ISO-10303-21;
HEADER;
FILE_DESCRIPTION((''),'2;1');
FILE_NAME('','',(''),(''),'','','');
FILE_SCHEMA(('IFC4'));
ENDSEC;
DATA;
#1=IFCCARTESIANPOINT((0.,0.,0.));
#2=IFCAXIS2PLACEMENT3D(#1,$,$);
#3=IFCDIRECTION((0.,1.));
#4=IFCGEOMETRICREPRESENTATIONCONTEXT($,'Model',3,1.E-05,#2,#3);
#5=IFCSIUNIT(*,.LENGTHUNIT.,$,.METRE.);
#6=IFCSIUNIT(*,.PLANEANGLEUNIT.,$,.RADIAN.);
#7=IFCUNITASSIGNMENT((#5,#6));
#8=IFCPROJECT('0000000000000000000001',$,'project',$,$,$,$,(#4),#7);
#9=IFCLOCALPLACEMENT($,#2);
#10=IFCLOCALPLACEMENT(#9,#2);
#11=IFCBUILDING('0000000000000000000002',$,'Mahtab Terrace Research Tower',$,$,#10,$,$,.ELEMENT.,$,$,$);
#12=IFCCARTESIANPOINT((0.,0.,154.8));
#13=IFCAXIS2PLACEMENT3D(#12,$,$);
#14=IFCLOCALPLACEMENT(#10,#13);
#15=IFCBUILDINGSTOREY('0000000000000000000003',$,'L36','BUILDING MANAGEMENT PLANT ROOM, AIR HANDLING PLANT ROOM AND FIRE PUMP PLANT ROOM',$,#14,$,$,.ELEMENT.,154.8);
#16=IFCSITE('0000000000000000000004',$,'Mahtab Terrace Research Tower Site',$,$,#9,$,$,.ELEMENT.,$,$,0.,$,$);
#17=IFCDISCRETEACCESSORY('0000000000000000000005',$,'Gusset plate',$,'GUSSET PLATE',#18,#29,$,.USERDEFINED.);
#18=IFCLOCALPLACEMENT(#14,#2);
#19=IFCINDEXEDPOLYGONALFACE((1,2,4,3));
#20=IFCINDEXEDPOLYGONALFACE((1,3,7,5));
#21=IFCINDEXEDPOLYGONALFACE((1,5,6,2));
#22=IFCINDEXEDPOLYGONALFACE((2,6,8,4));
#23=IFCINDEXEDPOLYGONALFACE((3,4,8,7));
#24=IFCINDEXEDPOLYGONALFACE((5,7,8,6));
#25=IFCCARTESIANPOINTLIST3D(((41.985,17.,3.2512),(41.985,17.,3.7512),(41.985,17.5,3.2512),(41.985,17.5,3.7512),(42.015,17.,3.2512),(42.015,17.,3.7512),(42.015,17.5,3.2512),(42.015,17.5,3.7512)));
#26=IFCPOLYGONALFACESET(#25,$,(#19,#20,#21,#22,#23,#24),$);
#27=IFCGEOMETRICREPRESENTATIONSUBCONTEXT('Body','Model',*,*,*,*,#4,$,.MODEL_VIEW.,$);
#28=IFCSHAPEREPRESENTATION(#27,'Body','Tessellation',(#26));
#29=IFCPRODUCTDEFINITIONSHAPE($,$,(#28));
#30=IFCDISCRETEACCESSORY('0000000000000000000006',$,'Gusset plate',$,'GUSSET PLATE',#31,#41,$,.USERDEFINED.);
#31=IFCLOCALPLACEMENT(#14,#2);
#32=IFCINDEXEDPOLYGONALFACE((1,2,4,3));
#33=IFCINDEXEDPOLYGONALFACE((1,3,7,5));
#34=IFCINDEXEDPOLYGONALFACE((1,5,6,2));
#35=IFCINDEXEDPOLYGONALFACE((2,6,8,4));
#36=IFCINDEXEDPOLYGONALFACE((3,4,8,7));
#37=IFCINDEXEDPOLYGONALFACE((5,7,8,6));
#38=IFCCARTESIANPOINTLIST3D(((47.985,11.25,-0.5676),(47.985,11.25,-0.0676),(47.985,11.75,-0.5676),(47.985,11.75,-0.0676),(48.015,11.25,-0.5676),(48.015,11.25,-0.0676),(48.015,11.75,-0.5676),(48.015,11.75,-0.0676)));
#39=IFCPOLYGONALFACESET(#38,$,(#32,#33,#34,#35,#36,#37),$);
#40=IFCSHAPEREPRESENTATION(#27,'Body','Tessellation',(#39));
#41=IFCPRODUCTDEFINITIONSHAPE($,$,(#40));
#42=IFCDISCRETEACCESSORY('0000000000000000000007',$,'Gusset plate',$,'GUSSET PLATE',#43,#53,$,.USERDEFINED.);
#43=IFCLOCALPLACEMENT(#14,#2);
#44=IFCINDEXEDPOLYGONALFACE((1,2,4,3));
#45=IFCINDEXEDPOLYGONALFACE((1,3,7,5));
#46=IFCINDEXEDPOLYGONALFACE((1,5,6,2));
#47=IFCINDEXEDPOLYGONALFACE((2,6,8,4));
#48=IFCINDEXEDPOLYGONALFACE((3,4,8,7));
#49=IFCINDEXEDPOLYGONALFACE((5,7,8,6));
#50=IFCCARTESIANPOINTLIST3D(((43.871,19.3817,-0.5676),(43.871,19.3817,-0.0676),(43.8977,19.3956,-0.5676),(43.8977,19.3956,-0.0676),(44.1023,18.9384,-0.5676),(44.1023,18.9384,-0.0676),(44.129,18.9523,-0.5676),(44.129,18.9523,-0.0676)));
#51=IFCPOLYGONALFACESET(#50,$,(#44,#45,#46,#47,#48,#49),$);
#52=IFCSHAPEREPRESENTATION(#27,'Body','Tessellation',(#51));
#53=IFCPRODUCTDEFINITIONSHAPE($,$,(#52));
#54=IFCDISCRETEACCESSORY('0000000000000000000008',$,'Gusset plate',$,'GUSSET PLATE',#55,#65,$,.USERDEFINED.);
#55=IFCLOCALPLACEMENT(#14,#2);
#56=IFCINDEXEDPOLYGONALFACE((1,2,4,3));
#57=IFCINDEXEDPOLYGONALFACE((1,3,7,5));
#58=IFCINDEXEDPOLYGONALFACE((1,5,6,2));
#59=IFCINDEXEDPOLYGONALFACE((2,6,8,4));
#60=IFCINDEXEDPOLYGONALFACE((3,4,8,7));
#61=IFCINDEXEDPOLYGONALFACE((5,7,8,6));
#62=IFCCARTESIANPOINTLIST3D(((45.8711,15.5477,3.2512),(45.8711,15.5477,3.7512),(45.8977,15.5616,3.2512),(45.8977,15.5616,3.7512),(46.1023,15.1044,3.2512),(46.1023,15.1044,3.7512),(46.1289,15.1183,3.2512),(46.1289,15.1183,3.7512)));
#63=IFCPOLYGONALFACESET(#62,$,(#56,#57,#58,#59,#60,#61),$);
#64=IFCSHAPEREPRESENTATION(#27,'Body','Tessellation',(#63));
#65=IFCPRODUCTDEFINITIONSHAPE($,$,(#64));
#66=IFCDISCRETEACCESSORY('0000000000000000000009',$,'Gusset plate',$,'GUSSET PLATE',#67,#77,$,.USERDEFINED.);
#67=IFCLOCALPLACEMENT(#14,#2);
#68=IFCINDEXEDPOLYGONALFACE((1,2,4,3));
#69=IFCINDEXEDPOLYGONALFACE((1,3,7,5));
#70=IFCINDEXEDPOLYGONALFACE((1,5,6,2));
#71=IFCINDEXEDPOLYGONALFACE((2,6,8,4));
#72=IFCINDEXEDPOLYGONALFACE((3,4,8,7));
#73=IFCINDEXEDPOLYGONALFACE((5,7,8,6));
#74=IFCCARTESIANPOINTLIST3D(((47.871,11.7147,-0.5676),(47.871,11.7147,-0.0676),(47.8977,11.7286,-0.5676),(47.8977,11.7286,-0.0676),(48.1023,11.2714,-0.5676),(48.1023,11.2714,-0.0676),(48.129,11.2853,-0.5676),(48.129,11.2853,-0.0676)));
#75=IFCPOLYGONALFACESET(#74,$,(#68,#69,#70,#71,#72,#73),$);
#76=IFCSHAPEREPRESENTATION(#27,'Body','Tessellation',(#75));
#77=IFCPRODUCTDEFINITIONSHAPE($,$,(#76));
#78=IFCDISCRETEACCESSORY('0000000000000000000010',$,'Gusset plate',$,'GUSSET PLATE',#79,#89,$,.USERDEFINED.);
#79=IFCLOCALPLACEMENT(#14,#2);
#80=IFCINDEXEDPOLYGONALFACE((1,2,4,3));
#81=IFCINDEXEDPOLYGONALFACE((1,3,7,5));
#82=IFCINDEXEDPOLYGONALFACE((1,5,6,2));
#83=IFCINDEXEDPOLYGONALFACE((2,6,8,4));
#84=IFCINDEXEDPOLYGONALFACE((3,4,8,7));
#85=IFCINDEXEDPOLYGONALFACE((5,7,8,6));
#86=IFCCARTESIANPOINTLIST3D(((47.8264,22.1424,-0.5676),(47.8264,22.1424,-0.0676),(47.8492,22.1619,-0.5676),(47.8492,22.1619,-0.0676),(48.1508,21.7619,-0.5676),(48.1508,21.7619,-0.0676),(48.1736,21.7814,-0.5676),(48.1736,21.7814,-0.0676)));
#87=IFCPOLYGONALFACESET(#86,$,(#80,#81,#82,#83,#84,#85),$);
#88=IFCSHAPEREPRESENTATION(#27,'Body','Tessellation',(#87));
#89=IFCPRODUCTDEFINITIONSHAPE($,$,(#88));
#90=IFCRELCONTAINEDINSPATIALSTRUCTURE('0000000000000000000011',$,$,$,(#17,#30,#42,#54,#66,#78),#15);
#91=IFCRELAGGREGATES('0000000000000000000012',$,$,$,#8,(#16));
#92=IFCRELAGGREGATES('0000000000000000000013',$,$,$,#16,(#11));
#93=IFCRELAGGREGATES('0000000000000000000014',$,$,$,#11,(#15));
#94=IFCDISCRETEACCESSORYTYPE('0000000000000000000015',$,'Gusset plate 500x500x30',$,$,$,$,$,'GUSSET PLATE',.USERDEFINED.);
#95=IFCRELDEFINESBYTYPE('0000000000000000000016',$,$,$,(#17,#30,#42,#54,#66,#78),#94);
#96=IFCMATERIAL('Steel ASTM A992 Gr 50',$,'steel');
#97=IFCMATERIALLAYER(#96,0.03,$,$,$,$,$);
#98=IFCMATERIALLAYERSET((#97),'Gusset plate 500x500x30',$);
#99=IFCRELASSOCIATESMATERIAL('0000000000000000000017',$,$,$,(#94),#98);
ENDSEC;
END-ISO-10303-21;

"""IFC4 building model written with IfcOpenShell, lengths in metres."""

from ifc_helpers import new_model, si_unit, direction, frame, origin, origin_2d, place, context, subcontext, project, spatial, rectangle, extrude, material, layer, layer_set, type_object, element, save


model = new_model("IFC4")

# Units and contexts
model_context = context("Model", 3, precision=1e-05, world=origin(), true_north=direction((0.0, 1.0)))
body_context = subcontext(model_context, "Body", "Model", "MODEL_VIEW")
ifc_project = project(units=[si_unit("LENGTHUNIT", "METRE"), si_unit("PLANEANGLEUNIT", "RADIAN")], contexts=[model_context])

# Site, building, storey
site_placement = place(None, origin())
site = spatial("IfcSite", under=ifc_project, at=site_placement, Name="Mahtab Terrace Research Tower Site", CompositionType="ELEMENT", RefElevation=0.0)
building_placement = place(site_placement, origin())
building = spatial("IfcBuilding", under=site, at=building_placement, Name="Mahtab Terrace Research Tower", CompositionType="ELEMENT")
storey_placement = place(building_placement, frame((0.0, 0.0, 154.8)))
storey = spatial("IfcBuildingStorey", under=building, at=storey_placement, Name="L36", Description="BUILDING MANAGEMENT PLANT ROOM, AIR HANDLING PLANT ROOM AND FIRE PUMP PLANT ROOM", CompositionType="ELEMENT", Elevation=154.8)

# Shared definitions
ifc_material_1 = material(Name="Steel ASTM A992 Gr 50", Category="steel")

# Discrete accessories
ifc_layer_1 = layer(ifc_material_1, 0.03)
ifc_layer_set_1 = layer_set([ifc_layer_1], Name="Gusset plate 500x500x30")
discrete_accessory_type = type_object("IfcDiscreteAccessoryType", Name="Gusset plate 500x500x30", ElementType="GUSSET PLATE", PredefinedType="USERDEFINED", material=ifc_layer_set_1)
for number, where, z_axis, x_axis, name in (
    (1, (42.0, 17.25, 3.2512), (0.0, 0.0, 1.0), (0.0, 1.0, 0.0), "Gusset plate"),
    (2, (48.0, 11.5, -0.5676), (0.0, 0.0, 1.0), (0.0, 1.0, 0.0), "Gusset plate"),
    (3, (44.0, 19.167, -0.5676), (0.0, 0.0, 1.0), (-0.4626, 0.886567, 0.0), "Gusset plate"),
    (4, (46.0, 15.333, 3.2512), (0.0, 0.0, 1.0), (-0.462507, 0.886616, 0.0), "Gusset plate"),
    (5, (48.0, 11.5, -0.5676), (0.0, 0.0, 1.0), (-0.4626, 0.886567, 0.0), "Gusset plate"),
    (6, (48.0, 21.9619, -0.5676), (0.0, 0.0, 1.0), (-0.648758, 0.760995, 0.0), "Gusset plate"),
):
    element("IfcDiscreteAccessory", number, at=place(storey_placement, frame(where, z_axis=z_axis, x_axis=x_axis)), inside=storey, type_object=discrete_accessory_type, Name=name, ObjectType="GUSSET PLATE", PredefinedType="USERDEFINED", context=body_context, shape_type="SweptSolid", body=[
        extrude(rectangle(XDim=0.5, YDim=0.03, at=origin_2d()), origin(), (0.0, 0.0, 1.0), 0.5),
    ])

save(model, "model.ifc")
